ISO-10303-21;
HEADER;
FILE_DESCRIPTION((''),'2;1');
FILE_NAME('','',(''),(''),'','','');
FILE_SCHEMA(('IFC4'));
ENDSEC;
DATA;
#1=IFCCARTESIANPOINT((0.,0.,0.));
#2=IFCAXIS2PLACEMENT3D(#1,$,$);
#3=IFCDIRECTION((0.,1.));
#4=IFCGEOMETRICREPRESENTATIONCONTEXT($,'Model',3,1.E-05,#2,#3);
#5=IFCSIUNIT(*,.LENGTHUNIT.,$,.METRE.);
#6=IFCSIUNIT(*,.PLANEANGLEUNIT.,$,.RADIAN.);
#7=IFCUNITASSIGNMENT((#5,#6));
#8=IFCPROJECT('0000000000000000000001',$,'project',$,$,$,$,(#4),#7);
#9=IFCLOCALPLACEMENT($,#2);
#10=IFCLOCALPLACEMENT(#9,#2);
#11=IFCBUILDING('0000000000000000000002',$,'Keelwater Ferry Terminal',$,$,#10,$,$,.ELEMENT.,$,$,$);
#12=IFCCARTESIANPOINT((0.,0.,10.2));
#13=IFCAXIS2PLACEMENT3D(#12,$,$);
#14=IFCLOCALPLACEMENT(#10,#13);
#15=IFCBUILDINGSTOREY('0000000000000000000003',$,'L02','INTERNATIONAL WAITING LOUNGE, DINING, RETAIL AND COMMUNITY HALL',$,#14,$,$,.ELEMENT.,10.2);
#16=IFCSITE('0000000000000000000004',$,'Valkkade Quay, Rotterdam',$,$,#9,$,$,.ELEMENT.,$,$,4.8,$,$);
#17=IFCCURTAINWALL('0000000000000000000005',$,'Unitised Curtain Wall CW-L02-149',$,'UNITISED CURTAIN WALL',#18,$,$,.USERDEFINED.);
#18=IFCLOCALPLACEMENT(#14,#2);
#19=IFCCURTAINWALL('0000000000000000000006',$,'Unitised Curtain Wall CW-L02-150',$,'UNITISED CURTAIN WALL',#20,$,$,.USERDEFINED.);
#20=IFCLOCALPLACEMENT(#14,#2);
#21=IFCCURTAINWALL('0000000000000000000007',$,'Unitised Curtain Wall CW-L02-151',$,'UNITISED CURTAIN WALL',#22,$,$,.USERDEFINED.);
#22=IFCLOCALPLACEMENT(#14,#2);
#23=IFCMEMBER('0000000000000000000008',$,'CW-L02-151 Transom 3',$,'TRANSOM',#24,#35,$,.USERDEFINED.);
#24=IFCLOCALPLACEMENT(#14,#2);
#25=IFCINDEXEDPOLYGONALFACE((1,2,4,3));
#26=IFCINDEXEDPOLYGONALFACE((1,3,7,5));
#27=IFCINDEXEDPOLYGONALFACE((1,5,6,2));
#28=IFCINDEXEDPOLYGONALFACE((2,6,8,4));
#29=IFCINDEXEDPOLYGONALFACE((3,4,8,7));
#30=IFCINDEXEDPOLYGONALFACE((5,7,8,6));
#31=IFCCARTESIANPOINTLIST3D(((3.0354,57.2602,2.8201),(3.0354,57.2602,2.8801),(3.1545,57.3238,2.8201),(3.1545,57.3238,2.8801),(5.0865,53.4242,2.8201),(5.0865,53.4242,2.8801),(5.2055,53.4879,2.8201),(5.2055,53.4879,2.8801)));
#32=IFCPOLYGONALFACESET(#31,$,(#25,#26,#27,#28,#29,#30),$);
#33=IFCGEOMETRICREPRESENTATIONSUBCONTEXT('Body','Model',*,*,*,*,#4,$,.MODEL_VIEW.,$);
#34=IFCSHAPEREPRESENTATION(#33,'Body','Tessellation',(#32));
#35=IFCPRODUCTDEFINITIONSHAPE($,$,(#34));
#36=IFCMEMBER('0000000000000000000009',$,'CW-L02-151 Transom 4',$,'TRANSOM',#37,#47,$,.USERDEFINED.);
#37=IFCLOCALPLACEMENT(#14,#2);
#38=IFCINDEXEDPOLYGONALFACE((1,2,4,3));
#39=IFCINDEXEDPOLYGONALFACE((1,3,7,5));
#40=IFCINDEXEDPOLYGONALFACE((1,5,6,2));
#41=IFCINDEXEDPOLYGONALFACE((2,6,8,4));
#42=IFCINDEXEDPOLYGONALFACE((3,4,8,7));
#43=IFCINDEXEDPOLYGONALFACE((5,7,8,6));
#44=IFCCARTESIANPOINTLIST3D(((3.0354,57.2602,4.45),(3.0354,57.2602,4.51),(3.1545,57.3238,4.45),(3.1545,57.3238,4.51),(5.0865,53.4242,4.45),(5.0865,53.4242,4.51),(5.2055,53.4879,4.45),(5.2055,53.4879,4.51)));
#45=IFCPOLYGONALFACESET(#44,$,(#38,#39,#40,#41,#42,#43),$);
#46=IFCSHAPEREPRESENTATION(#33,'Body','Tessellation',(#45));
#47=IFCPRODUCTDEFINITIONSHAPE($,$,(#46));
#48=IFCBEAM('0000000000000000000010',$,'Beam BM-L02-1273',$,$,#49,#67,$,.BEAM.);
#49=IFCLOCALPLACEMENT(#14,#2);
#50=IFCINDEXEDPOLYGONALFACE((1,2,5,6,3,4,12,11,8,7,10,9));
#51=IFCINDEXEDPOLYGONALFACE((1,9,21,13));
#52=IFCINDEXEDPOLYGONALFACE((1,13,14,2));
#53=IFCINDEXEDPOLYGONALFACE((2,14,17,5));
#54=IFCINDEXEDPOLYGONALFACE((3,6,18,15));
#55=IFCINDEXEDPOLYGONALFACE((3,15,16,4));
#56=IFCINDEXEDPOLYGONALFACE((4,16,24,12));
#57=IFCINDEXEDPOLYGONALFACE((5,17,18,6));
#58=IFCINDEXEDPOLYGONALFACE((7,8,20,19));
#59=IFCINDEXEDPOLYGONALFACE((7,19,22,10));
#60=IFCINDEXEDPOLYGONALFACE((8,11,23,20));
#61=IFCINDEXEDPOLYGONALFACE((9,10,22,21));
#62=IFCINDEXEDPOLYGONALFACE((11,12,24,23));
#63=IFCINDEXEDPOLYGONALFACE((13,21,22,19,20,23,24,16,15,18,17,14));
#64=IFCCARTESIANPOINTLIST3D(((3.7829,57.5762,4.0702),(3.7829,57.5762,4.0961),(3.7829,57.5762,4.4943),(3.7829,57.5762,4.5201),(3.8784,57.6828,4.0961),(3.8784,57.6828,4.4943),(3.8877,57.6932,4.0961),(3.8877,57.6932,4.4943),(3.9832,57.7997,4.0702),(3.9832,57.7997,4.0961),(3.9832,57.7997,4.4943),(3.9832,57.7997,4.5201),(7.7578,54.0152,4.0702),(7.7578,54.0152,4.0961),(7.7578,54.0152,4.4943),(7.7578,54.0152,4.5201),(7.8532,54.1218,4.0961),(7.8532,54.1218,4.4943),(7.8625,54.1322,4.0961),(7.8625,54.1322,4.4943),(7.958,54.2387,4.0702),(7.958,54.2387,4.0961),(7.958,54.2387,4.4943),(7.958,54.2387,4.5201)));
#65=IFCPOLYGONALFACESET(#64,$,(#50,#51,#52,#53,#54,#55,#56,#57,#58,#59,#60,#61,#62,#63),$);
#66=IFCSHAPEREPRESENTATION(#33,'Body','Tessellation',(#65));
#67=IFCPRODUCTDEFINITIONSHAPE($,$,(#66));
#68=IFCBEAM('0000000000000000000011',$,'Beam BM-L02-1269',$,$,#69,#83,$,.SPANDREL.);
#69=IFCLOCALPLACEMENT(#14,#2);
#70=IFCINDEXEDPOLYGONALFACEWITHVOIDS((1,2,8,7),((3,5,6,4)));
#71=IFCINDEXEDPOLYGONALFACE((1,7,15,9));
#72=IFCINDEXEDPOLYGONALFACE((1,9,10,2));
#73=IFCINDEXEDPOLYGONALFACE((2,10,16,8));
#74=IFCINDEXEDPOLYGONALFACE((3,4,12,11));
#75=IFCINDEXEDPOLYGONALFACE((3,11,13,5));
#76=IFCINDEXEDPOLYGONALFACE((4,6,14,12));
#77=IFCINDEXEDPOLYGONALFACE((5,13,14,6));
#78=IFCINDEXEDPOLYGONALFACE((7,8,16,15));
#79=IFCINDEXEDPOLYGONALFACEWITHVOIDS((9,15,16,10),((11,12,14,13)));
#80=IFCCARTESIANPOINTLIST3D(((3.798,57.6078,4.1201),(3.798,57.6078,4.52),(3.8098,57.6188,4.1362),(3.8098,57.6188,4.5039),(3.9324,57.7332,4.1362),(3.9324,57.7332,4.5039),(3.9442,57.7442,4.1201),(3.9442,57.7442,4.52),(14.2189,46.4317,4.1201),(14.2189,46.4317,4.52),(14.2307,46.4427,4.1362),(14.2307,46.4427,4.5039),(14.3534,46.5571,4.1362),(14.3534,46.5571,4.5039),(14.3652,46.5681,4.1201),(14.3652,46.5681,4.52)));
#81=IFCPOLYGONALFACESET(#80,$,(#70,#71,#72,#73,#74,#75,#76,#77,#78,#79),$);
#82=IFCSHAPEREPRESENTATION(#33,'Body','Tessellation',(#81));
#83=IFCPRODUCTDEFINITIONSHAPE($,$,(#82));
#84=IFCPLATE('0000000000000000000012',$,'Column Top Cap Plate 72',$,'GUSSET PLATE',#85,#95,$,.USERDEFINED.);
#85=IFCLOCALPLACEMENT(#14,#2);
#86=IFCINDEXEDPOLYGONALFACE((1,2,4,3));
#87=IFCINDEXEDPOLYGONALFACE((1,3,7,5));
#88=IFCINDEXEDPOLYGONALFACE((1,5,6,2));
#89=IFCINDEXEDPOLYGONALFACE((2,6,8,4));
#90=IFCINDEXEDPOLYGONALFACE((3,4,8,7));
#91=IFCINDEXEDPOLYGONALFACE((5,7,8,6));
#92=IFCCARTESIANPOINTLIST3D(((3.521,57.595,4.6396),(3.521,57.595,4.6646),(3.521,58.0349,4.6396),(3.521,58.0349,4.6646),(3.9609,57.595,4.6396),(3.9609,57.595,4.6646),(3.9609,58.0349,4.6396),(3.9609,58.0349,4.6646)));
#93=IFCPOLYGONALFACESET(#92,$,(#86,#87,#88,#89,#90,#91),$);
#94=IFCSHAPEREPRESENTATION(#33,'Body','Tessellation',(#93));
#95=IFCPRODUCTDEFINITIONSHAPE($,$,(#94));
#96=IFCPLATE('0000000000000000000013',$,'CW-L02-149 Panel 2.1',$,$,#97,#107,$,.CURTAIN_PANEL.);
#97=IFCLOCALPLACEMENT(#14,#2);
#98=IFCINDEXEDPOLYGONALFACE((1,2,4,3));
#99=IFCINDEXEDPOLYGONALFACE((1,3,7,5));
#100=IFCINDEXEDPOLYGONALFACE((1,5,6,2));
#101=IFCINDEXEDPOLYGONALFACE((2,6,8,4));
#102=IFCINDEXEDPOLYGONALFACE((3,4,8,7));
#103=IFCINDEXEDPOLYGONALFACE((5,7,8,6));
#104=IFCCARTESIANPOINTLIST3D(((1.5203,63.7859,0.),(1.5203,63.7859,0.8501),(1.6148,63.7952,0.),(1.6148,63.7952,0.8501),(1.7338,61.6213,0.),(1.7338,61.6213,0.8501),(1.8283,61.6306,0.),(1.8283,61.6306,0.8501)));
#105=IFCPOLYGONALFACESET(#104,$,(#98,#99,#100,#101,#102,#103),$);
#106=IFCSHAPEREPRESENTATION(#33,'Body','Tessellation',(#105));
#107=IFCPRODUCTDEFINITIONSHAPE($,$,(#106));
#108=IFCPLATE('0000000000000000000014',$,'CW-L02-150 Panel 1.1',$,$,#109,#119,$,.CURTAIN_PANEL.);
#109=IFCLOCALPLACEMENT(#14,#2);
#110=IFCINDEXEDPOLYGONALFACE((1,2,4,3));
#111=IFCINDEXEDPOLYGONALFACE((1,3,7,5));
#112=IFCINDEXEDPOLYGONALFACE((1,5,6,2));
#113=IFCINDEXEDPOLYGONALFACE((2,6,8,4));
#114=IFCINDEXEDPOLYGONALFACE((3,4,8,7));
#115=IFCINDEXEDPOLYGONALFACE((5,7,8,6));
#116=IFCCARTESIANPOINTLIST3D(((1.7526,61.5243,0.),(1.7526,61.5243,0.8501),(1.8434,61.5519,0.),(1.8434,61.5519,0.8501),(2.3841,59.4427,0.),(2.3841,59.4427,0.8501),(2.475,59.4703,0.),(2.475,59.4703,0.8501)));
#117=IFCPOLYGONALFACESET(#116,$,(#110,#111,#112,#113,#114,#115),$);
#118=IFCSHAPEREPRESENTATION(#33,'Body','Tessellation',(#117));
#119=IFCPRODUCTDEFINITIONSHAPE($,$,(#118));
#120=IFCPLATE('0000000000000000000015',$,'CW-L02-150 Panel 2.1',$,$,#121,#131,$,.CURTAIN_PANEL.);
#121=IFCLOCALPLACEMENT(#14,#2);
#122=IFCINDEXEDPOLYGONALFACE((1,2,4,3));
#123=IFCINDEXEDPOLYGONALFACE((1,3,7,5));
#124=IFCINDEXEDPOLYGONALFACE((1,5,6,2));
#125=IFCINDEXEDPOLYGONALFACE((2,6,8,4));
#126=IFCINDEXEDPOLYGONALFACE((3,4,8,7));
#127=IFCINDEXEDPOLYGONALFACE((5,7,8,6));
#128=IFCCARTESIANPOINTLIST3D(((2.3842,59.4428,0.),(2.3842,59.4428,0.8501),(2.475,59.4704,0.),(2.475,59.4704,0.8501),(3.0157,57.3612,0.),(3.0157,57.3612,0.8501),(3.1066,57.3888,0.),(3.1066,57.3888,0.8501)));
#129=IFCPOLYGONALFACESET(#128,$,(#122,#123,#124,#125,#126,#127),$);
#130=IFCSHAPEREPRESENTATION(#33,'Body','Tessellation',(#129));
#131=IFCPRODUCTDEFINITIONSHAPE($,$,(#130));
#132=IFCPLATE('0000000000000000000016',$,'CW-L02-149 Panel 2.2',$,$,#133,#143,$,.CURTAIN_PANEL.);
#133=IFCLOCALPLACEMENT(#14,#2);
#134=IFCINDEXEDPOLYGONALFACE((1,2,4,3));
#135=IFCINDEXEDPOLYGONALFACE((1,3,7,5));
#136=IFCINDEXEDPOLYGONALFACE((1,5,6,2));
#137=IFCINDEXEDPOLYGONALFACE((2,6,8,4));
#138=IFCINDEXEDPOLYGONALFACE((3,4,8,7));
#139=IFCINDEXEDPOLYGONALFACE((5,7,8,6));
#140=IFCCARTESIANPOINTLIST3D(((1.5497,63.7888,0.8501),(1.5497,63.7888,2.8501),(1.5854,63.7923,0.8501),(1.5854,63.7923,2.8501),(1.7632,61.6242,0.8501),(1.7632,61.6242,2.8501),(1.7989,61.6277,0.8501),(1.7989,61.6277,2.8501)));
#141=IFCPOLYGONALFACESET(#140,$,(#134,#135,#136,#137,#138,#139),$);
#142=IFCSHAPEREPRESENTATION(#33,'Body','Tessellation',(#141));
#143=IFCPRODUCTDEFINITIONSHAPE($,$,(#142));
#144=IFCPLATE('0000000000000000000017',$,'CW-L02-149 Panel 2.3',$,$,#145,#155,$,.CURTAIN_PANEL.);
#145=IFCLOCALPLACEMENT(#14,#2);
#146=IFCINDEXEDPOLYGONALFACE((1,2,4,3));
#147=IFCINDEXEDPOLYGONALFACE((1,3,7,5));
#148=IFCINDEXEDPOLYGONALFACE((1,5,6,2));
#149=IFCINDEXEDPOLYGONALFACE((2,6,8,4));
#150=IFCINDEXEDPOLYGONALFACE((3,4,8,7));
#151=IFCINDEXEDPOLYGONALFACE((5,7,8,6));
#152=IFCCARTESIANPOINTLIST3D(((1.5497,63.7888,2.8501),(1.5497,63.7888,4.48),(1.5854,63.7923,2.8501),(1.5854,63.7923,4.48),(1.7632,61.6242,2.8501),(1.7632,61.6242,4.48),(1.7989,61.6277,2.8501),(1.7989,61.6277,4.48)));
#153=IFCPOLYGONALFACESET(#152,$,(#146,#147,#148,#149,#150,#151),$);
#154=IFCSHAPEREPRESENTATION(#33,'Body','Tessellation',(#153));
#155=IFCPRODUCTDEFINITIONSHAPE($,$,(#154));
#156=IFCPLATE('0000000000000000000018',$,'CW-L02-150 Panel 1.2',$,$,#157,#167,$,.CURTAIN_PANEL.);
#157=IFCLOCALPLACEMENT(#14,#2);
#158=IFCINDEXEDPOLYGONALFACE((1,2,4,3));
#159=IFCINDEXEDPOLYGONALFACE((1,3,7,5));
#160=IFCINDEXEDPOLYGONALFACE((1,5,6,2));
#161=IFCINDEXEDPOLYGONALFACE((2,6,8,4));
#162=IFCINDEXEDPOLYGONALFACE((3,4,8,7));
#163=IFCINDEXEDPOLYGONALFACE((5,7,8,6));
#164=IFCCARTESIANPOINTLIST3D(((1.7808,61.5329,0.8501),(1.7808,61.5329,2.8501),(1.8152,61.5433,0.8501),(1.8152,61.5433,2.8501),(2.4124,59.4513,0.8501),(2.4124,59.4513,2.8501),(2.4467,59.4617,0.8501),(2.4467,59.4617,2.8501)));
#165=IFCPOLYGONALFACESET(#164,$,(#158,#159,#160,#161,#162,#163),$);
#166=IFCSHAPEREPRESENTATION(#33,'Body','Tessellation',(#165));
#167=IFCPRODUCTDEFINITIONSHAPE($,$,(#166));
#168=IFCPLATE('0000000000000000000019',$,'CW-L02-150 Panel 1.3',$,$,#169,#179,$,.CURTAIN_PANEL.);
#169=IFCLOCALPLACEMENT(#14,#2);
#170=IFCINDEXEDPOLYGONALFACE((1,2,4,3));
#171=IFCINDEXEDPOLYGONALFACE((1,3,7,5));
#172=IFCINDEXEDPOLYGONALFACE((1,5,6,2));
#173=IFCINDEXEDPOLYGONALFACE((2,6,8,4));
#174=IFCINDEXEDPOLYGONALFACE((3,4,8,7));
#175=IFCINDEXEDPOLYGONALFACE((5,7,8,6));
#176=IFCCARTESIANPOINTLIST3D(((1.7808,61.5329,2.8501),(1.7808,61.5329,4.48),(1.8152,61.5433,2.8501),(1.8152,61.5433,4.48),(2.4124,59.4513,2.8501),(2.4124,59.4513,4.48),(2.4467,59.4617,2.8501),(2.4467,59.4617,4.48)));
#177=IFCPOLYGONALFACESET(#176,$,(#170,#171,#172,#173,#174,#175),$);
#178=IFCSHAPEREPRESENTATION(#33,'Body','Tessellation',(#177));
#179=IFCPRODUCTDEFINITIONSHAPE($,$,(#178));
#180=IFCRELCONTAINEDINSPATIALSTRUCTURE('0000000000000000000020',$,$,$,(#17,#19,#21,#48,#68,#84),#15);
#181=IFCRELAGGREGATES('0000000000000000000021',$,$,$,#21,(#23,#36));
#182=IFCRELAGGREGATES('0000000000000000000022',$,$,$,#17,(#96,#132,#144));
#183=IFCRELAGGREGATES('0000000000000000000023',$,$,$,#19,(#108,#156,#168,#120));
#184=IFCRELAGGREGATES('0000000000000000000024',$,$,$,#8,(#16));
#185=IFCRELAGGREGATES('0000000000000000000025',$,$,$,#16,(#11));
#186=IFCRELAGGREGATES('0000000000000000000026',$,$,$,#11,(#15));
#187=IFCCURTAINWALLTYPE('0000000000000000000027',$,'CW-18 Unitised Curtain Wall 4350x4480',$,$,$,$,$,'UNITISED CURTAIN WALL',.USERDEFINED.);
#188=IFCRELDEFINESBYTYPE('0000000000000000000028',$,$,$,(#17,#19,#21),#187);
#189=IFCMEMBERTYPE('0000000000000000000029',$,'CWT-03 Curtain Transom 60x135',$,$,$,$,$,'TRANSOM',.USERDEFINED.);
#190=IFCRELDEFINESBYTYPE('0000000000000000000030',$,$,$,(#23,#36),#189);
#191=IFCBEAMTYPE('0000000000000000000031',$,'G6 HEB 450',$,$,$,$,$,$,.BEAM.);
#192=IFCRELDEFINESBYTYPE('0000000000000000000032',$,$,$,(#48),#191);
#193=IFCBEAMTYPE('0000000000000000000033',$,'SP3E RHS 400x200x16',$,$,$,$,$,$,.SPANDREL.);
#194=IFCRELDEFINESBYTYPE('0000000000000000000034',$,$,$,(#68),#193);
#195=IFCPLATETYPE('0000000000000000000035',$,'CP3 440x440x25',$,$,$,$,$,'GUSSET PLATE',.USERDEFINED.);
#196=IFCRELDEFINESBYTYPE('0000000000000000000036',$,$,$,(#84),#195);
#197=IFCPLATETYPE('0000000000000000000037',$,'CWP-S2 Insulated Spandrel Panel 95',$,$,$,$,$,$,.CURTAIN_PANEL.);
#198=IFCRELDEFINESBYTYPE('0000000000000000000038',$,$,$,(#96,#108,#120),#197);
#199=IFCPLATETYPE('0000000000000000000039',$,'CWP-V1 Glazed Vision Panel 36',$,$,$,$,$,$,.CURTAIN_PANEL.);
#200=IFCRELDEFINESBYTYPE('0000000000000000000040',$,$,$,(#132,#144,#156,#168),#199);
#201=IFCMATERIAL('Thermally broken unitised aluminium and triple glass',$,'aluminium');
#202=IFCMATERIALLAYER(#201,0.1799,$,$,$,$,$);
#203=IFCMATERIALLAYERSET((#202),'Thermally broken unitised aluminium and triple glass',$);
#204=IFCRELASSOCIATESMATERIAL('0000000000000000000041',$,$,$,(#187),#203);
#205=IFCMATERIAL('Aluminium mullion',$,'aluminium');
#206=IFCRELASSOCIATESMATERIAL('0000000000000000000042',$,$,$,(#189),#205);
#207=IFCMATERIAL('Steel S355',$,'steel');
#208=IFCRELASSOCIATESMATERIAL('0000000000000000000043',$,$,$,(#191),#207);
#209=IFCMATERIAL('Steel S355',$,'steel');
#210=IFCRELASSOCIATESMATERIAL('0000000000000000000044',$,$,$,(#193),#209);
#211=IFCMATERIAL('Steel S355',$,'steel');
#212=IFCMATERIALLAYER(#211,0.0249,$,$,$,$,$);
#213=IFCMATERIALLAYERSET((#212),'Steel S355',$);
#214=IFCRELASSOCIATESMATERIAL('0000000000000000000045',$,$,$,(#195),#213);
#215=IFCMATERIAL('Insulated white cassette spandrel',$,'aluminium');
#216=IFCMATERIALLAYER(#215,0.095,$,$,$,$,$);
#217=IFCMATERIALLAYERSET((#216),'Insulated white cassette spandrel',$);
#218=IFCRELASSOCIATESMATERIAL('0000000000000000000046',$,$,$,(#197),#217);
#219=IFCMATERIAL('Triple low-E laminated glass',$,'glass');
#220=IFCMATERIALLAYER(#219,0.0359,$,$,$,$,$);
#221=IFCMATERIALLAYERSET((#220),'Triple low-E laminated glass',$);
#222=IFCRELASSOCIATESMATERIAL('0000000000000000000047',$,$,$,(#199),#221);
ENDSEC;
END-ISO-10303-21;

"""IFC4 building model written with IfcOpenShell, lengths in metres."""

from ifc_helpers import new_model, si_unit, direction, frame, origin, origin_2d, place, context, subcontext, project, spatial, rectangle, hollow_rectangle, i_section, extrude, material, layer, layer_set, material_profile, profile_set, type_object, element, aggregate, save


model = new_model("IFC4")

# Units and contexts
model_context = context("Model", 3, precision=1e-05, world=origin(), true_north=direction((0.0, 1.0)))
body_context = subcontext(model_context, "Body", "Model", "MODEL_VIEW")
ifc_project = project(units=[si_unit("LENGTHUNIT", "METRE"), si_unit("PLANEANGLEUNIT", "RADIAN")], contexts=[model_context])

# Site, building, storey
site_placement = place(None, origin())
site = spatial("IfcSite", under=ifc_project, at=site_placement, Name="Valkkade Quay, Rotterdam", CompositionType="ELEMENT", RefElevation=4.8)
building_placement = place(site_placement, origin())
building = spatial("IfcBuilding", under=site, at=building_placement, Name="Keelwater Ferry Terminal", CompositionType="ELEMENT")
storey_placement = place(building_placement, frame((0.0, 0.0, 10.2)))
storey = spatial("IfcBuildingStorey", under=building, at=storey_placement, Name="L02", Description="INTERNATIONAL WAITING LOUNGE, DINING, RETAIL AND COMMUNITY HALL", CompositionType="ELEMENT", Elevation=10.2)

# Curtain walls, members
ifc_material_1 = material(Name="Thermally broken unitised aluminium and triple glass", Category="aluminium")
ifc_layer_1 = layer(ifc_material_1, 0.1799)
ifc_layer_set_1 = layer_set([ifc_layer_1], Name="Thermally broken unitised aluminium and triple glass")
curtain_wall_type = type_object("IfcCurtainWallType", Name="CW-18 Unitised Curtain Wall 4350x4480", ElementType="UNITISED CURTAIN WALL", PredefinedType="USERDEFINED", material=ifc_layer_set_1)
curtain_wall_1_placement = place(storey_placement, origin())
curtain_wall_1 = element("IfcCurtainWall", 1, at=curtain_wall_1_placement, inside=storey, type_object=curtain_wall_type, Name="Unitised Curtain Wall CW-L02-149", ObjectType="UNITISED CURTAIN WALL", PredefinedType="USERDEFINED")
curtain_wall_2_placement = place(storey_placement, origin())
curtain_wall_2 = element("IfcCurtainWall", 2, at=curtain_wall_2_placement, inside=storey, type_object=curtain_wall_type, Name="Unitised Curtain Wall CW-L02-150", ObjectType="UNITISED CURTAIN WALL", PredefinedType="USERDEFINED")
ifc_material_2 = material(Name="Aluminium mullion", Category="aluminium")
ifc_material_profile_1 = material_profile(ifc_material_2, rectangle(XDim=0.135, YDim=0.0601, at=origin_2d()), Name="CWT-03")
ifc_profile_set_1 = profile_set([ifc_material_profile_1], Name="Aluminium mullion")
member_type_1 = type_object("IfcMemberType", Name="CWT-03 Curtain Transom 60x135", ElementType="TRANSOM", PredefinedType="USERDEFINED", material=ifc_profile_set_1)
curtain_wall_3_placement = place(storey_placement, origin())
curtain_wall_3 = element("IfcCurtainWall", 3, at=curtain_wall_3_placement, inside=storey, type_object=curtain_wall_type, Name="Unitised Curtain Wall CW-L02-151", ObjectType="UNITISED CURTAIN WALL", PredefinedType="USERDEFINED")
member_1_placement = place(storey_placement, frame((3.095, 57.292, 2.8501), z_axis=(0.471517, -0.881857, 0.0), x_axis=(0.881857, 0.471517, 0.0)))
member_1 = element("IfcMember", 4, at=member_1_placement, type_object=member_type_1, Name="CW-L02-151 Transom 3", ObjectType="TRANSOM", PredefinedType="USERDEFINED", context=body_context, shape_type="SweptSolid", body=[
    extrude(rectangle(XDim=0.135, YDim=0.0601, at=origin_2d()), origin(), (0.0, 0.0, 1.0), 4.3499),
])
member_2_placement = place(storey_placement, frame((3.095, 57.292, 4.48), z_axis=(0.471517, -0.881857, 0.0), x_axis=(0.881857, 0.471517, 0.0)))
member_2 = element("IfcMember", 5, at=member_2_placement, type_object=member_type_1, Name="CW-L02-151 Transom 4", ObjectType="TRANSOM", PredefinedType="USERDEFINED", context=body_context, shape_type="SweptSolid", body=[
    extrude(rectangle(XDim=0.135, YDim=0.0601, at=origin_2d()), origin(), (0.0, 0.0, 1.0), 4.3499),
])
aggregate(curtain_wall_3, [member_1, member_2])

# Beams
ifc_material_3 = material(Name="Steel S355", Category="steel")
ifc_material_profile_2 = material_profile(ifc_material_3, i_section(OverallWidth=0.3, OverallDepth=0.45, WebThickness=0.0139, FlangeThickness=0.0259, at=origin_2d()), Name="HEB 450")
ifc_profile_set_2 = profile_set([ifc_material_profile_2], Name="Steel S355")
beam_type_1 = type_object("IfcBeamType", Name="G6 HEB 450", PredefinedType="BEAM", material=ifc_profile_set_2)
beam_1_placement = place(storey_placement, frame((3.8831, 57.688, 4.2952), z_axis=(0.744814, -0.667272, 0.0), x_axis=(0.667272, 0.744814, 0.0)))
element("IfcBeam", 6, at=beam_1_placement, inside=storey, type_object=beam_type_1, Name="Beam BM-L02-1273", PredefinedType="BEAM", context=body_context, shape_type="SweptSolid", body=[
    extrude(i_section(OverallWidth=0.3, OverallDepth=0.45, WebThickness=0.0139, FlangeThickness=0.0259, at=origin_2d()), origin(), (0.0, 0.0, 1.0), 5.3367),
])
ifc_material_4 = material(Name="Steel S355", Category="steel")
ifc_material_profile_3 = material_profile(ifc_material_4, hollow_rectangle(XDim=0.2, YDim=0.3999, WallThickness=0.0161, at=origin_2d()), Name="RHS 400x200x16")
ifc_profile_set_3 = profile_set([ifc_material_profile_3], Name="Steel S355")
beam_type_2 = type_object("IfcBeamType", Name="SP3E RHS 400x200x16", PredefinedType="SPANDREL", material=ifc_profile_set_3)
beam_2_placement = place(storey_placement, frame((3.8711, 57.676, 4.3201), z_axis=(0.681966, -0.731384, 0.0), x_axis=(0.731384, 0.681966, 0.0)))
element("IfcBeam", 7, at=beam_2_placement, inside=storey, type_object=beam_type_2, Name="Beam BM-L02-1269", PredefinedType="SPANDREL", context=body_context, shape_type="SweptSolid", body=[
    extrude(hollow_rectangle(XDim=0.2, YDim=0.3999, WallThickness=0.0161, at=origin_2d()), origin(), (0.0, 0.0, 1.0), 15.2808),
])

# Plates
ifc_material_5 = material(Name="Steel S355", Category="steel")
ifc_layer_2 = layer(ifc_material_5, 0.0249)
ifc_layer_set_2 = layer_set([ifc_layer_2], Name="Steel S355")
plate_type_1 = type_object("IfcPlateType", Name="CP3 440x440x25", ElementType="GUSSET PLATE", PredefinedType="USERDEFINED", material=ifc_layer_set_2)
plate_1_placement = place(storey_placement, frame((3.741, 57.8149, 4.6396), z_axis=(0.0, 0.0, 1.0), x_axis=(1.0, 0.0, 0.0)))
element("IfcPlate", 8, at=plate_1_placement, inside=storey, type_object=plate_type_1, Name="Column Top Cap Plate 72", ObjectType="GUSSET PLATE", PredefinedType="USERDEFINED", context=body_context, shape_type="SweptSolid", body=[
    extrude(rectangle(XDim=0.4399, YDim=0.4399, at=origin_2d()), origin(), (0.0, 0.0, 1.0), 0.0249),
])
ifc_material_6 = material(Name="Insulated white cassette spandrel", Category="aluminium")
ifc_layer_3 = layer(ifc_material_6, 0.095)
ifc_layer_set_3 = layer_set([ifc_layer_3], Name="Insulated white cassette spandrel")
plate_type_2 = type_object("IfcPlateType", Name="CWP-S2 Insulated Spandrel Panel 95", PredefinedType="CURTAIN_PANEL", material=ifc_layer_set_3)
plate_2_placement = place(storey_placement, frame((1.6743, 62.7083, 0.0), z_axis=(0.0, 0.0, 1.0), x_axis=(0.098161, -0.995171, 0.0)))
plate_2 = element("IfcPlate", 9, at=plate_2_placement, type_object=plate_type_2, Name="CW-L02-149 Panel 2.1", PredefinedType="CURTAIN_PANEL", context=body_context, shape_type="SweptSolid", body=[
    extrude(rectangle(XDim=2.175, YDim=0.095, at=origin_2d()), origin(), (0.0, 0.0, 1.0), 0.8501),
])
plate_3_placement = place(storey_placement, frame((2.1138, 60.4973, 0.0), z_axis=(0.0, 0.0, 1.0), x_axis=(0.29032, -0.95693, 0.0)))
plate_3 = element("IfcPlate", 10, at=plate_3_placement, type_object=plate_type_2, Name="CW-L02-150 Panel 1.1", PredefinedType="CURTAIN_PANEL", context=body_context, shape_type="SweptSolid", body=[
    extrude(rectangle(XDim=2.1753, YDim=0.095, at=origin_2d()), origin(), (0.0, 0.0, 1.0), 0.8501),
])
plate_4_placement = place(storey_placement, frame((2.7454, 58.4158, 0.0), z_axis=(0.0, 0.0, 1.0), x_axis=(0.29032, -0.95693, 0.0)))
plate_4 = element("IfcPlate", 11, at=plate_4_placement, type_object=plate_type_2, Name="CW-L02-150 Panel 2.1", PredefinedType="CURTAIN_PANEL", context=body_context, shape_type="SweptSolid", body=[
    extrude(rectangle(XDim=2.1753, YDim=0.095, at=origin_2d()), origin(), (0.0, 0.0, 1.0), 0.8501),
])
ifc_material_7 = material(Name="Triple low-E laminated glass", Category="glass")
ifc_layer_4 = layer(ifc_material_7, 0.0359)
ifc_layer_set_4 = layer_set([ifc_layer_4], Name="Triple low-E laminated glass")
plate_type_3 = type_object("IfcPlateType", Name="CWP-V1 Glazed Vision Panel 36", PredefinedType="CURTAIN_PANEL", material=ifc_layer_set_4)
plate_5_placement = place(storey_placement, frame((1.6743, 62.7083, 0.8501), z_axis=(0.0, 0.0, 1.0), x_axis=(0.098161, -0.995171, 0.0)))
plate_5 = element("IfcPlate", 12, at=plate_5_placement, type_object=plate_type_3, Name="CW-L02-149 Panel 2.2", PredefinedType="CURTAIN_PANEL", context=body_context, shape_type="SweptSolid", body=[
    extrude(rectangle(XDim=2.175, YDim=0.0359, at=origin_2d()), origin(), (0.0, 0.0, 1.0), 2.0),
])
plate_6_placement = place(storey_placement, frame((1.6743, 62.7083, 2.8501), z_axis=(0.0, 0.0, 1.0), x_axis=(0.098161, -0.995171, 0.0)))
plate_6 = element("IfcPlate", 13, at=plate_6_placement, type_object=plate_type_3, Name="CW-L02-149 Panel 2.3", PredefinedType="CURTAIN_PANEL", context=body_context, shape_type="SweptSolid", body=[
    extrude(rectangle(XDim=2.175, YDim=0.0359, at=origin_2d()), origin(), (0.0, 0.0, 1.0), 1.6299),
])
aggregate(curtain_wall_1, [plate_2, plate_5, plate_6])
plate_7_placement = place(storey_placement, frame((2.1138, 60.4973, 0.8501), z_axis=(0.0, 0.0, 1.0), x_axis=(0.29032, -0.95693, 0.0)))
plate_7 = element("IfcPlate", 14, at=plate_7_placement, type_object=plate_type_3, Name="CW-L02-150 Panel 1.2", PredefinedType="CURTAIN_PANEL", context=body_context, shape_type="SweptSolid", body=[
    extrude(rectangle(XDim=2.1753, YDim=0.0359, at=origin_2d()), origin(), (0.0, 0.0, 1.0), 2.0),
])
plate_8_placement = place(storey_placement, frame((2.1138, 60.4973, 2.8501), z_axis=(0.0, 0.0, 1.0), x_axis=(0.29032, -0.95693, 0.0)))
plate_8 = element("IfcPlate", 15, at=plate_8_placement, type_object=plate_type_3, Name="CW-L02-150 Panel 1.3", PredefinedType="CURTAIN_PANEL", context=body_context, shape_type="SweptSolid", body=[
    extrude(rectangle(XDim=2.1753, YDim=0.0359, at=origin_2d()), origin(), (0.0, 0.0, 1.0), 1.6299),
])
aggregate(curtain_wall_2, [plate_3, plate_7, plate_8, plate_4])

save(model, "model.ifc")
